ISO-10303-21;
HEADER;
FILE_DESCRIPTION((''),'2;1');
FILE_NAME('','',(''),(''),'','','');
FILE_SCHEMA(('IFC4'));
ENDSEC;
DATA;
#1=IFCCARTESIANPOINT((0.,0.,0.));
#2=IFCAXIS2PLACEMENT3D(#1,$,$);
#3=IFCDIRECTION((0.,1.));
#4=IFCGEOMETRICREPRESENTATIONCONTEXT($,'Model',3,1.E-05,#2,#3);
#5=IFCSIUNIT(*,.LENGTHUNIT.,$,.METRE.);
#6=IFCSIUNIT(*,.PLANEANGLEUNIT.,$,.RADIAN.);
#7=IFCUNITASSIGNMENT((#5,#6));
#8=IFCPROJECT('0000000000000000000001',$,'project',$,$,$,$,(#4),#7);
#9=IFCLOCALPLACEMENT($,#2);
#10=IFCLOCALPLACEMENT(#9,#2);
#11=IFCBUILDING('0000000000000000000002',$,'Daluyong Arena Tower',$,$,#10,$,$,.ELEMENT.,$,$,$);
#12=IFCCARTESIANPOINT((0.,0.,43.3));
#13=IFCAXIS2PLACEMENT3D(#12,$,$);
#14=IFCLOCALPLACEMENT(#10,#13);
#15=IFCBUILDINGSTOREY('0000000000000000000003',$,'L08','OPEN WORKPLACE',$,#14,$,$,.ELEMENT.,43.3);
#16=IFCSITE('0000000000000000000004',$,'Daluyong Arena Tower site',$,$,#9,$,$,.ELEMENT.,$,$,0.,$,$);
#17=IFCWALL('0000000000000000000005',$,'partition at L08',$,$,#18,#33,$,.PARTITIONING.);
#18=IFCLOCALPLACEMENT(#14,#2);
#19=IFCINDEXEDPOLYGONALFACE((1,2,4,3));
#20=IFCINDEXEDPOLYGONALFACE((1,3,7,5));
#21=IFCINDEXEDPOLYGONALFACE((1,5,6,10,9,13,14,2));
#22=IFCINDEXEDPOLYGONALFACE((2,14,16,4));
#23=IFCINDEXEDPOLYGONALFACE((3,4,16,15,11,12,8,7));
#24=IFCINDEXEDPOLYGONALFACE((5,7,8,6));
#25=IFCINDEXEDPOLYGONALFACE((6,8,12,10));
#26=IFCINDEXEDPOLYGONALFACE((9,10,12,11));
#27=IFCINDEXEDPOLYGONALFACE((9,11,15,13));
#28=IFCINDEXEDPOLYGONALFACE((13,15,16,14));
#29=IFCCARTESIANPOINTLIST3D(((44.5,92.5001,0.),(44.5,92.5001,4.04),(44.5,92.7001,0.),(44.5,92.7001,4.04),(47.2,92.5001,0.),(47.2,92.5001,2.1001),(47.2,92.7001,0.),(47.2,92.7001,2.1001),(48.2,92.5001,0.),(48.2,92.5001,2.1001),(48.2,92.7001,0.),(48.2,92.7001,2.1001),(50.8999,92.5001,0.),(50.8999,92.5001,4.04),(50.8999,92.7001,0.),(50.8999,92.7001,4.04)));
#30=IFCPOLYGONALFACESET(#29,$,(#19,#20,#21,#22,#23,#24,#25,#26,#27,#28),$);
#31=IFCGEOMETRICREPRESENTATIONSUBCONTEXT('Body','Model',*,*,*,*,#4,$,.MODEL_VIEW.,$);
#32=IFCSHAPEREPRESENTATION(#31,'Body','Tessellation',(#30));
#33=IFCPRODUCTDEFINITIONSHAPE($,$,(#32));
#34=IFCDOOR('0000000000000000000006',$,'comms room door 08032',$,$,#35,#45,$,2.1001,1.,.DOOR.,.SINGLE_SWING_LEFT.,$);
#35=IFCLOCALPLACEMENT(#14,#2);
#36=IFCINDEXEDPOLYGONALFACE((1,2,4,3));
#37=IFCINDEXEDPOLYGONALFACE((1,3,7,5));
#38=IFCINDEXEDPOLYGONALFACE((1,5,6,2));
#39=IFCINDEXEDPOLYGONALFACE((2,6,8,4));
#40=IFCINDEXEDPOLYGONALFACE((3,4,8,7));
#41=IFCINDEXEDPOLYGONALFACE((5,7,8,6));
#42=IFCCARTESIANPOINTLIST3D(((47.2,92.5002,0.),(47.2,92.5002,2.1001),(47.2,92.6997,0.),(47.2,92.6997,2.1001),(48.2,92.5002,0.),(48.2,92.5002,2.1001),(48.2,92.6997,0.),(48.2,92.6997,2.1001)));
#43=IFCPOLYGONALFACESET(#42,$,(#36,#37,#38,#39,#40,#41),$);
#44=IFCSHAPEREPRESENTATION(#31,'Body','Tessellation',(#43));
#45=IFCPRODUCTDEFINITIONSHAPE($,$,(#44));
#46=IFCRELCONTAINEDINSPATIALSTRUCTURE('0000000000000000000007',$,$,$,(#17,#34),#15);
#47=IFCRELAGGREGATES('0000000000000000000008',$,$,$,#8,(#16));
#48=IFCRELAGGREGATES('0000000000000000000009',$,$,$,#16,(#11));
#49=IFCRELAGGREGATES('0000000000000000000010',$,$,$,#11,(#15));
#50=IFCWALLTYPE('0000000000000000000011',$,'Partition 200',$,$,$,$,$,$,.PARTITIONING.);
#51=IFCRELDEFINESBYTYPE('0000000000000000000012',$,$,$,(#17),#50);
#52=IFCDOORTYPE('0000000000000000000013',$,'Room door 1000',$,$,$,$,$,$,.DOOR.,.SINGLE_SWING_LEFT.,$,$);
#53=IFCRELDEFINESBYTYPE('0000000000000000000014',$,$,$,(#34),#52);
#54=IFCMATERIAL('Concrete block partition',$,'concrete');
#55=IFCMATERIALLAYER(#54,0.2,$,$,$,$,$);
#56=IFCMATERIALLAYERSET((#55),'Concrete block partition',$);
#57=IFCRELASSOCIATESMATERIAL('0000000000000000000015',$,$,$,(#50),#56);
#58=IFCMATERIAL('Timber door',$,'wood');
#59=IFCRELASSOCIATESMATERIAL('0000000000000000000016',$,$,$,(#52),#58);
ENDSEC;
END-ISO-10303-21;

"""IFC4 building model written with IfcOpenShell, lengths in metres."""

from ifc_helpers import new_model, si_unit, direction, frame, frame_2d, origin, place, context, subcontext, project, spatial, rectangle, extrude, material, layer, layer_set, type_object, element, fill, save


model = new_model("IFC4")

# Units and contexts
model_context = context("Model", 3, precision=1e-05, world=origin(), true_north=direction((0.0, 1.0)))
body_context = subcontext(model_context, "Body", "Model", "MODEL_VIEW")
ifc_project = project(units=[si_unit("LENGTHUNIT", "METRE"), si_unit("PLANEANGLEUNIT", "RADIAN")], contexts=[model_context])

# Site, building, storey
site_placement = place(None, origin())
site = spatial("IfcSite", under=ifc_project, at=site_placement, Name="Daluyong Arena Tower site", CompositionType="ELEMENT", RefElevation=0.0)
building_placement = place(site_placement, origin())
building = spatial("IfcBuilding", under=site, at=building_placement, Name="Daluyong Arena Tower", CompositionType="ELEMENT")
storey_placement = place(building_placement, frame((0.0, 0.0, 43.3)))
storey = spatial("IfcBuildingStorey", under=building, at=storey_placement, Name="L08", Description="OPEN WORKPLACE", CompositionType="ELEMENT", Elevation=43.3)

# Wall, opening, door
ifc_material_1 = material(Name="Concrete block partition", Category="concrete")
ifc_layer_1 = layer(ifc_material_1, 0.2)
ifc_layer_set_1 = layer_set([ifc_layer_1], Name="Concrete block partition")
wall_type_1 = type_object("IfcWallType", Name="Partition 200", PredefinedType="PARTITIONING", material=ifc_layer_set_1)
wall_1_placement = place(storey_placement, frame((44.5, 92.6001, 0.0), z_axis=(0.0, 0.0, 1.0), x_axis=(1.0, 0.0, 0.0)))
wall_1 = element("IfcWall", 1, at=wall_1_placement, inside=storey, type_object=wall_type_1, Name="partition at L08", PredefinedType="PARTITIONING", context=body_context, shape_type="SweptSolid", body=[
    extrude(rectangle(XDim=6.3999, YDim=0.2, at=frame_2d((3.2, 0.0))), origin(), (0.0, 0.0, 1.0), 4.04),
])
opening_1_placement = place(wall_1_placement, frame((2.7, 0.0, 0.0)))
opening_1 = element("IfcOpeningElement", 2, at=opening_1_placement, cuts=wall_1, PredefinedType="OPENING", context=body_context, shape_type="SweptSolid", body=[
    extrude(rectangle(XDim=1.0, YDim=2.1001, at=frame_2d((0.5, 1.05))), frame((0.0, 0.1099, 0.0), z_axis=(0.0, -1.0, 0.0), x_axis=(1.0, 0.0, 0.0)), (0.0, 0.0, 1.0), 0.22),
])
ifc_material_2 = material(Name="Timber door", Category="wood")
door_type_1 = type_object("IfcDoorType", Name="Room door 1000", OperationType="SINGLE_SWING_LEFT", PredefinedType="DOOR", material=ifc_material_2)
door_1_placement = place(opening_1_placement, origin())
door_1 = element("IfcDoor", 3, at=door_1_placement, inside=storey, type_object=door_type_1, Name="comms room door 08032", OperationType="SINGLE_SWING_LEFT", OverallHeight=2.1001, OverallWidth=1.0, PredefinedType="DOOR", context=body_context, shape_type="SweptSolid", body=[
    extrude(rectangle(XDim=1.0, YDim=2.1001, at=frame_2d((0.5, 1.05))), frame((0.0, 0.0996, 0.0), z_axis=(0.0, -1.0, 0.0), x_axis=(1.0, 0.0, 0.0)), (0.0, 0.0, 1.0), 0.1995),
])
fill(opening_1, door_1)

save(model, "model.ifc")
